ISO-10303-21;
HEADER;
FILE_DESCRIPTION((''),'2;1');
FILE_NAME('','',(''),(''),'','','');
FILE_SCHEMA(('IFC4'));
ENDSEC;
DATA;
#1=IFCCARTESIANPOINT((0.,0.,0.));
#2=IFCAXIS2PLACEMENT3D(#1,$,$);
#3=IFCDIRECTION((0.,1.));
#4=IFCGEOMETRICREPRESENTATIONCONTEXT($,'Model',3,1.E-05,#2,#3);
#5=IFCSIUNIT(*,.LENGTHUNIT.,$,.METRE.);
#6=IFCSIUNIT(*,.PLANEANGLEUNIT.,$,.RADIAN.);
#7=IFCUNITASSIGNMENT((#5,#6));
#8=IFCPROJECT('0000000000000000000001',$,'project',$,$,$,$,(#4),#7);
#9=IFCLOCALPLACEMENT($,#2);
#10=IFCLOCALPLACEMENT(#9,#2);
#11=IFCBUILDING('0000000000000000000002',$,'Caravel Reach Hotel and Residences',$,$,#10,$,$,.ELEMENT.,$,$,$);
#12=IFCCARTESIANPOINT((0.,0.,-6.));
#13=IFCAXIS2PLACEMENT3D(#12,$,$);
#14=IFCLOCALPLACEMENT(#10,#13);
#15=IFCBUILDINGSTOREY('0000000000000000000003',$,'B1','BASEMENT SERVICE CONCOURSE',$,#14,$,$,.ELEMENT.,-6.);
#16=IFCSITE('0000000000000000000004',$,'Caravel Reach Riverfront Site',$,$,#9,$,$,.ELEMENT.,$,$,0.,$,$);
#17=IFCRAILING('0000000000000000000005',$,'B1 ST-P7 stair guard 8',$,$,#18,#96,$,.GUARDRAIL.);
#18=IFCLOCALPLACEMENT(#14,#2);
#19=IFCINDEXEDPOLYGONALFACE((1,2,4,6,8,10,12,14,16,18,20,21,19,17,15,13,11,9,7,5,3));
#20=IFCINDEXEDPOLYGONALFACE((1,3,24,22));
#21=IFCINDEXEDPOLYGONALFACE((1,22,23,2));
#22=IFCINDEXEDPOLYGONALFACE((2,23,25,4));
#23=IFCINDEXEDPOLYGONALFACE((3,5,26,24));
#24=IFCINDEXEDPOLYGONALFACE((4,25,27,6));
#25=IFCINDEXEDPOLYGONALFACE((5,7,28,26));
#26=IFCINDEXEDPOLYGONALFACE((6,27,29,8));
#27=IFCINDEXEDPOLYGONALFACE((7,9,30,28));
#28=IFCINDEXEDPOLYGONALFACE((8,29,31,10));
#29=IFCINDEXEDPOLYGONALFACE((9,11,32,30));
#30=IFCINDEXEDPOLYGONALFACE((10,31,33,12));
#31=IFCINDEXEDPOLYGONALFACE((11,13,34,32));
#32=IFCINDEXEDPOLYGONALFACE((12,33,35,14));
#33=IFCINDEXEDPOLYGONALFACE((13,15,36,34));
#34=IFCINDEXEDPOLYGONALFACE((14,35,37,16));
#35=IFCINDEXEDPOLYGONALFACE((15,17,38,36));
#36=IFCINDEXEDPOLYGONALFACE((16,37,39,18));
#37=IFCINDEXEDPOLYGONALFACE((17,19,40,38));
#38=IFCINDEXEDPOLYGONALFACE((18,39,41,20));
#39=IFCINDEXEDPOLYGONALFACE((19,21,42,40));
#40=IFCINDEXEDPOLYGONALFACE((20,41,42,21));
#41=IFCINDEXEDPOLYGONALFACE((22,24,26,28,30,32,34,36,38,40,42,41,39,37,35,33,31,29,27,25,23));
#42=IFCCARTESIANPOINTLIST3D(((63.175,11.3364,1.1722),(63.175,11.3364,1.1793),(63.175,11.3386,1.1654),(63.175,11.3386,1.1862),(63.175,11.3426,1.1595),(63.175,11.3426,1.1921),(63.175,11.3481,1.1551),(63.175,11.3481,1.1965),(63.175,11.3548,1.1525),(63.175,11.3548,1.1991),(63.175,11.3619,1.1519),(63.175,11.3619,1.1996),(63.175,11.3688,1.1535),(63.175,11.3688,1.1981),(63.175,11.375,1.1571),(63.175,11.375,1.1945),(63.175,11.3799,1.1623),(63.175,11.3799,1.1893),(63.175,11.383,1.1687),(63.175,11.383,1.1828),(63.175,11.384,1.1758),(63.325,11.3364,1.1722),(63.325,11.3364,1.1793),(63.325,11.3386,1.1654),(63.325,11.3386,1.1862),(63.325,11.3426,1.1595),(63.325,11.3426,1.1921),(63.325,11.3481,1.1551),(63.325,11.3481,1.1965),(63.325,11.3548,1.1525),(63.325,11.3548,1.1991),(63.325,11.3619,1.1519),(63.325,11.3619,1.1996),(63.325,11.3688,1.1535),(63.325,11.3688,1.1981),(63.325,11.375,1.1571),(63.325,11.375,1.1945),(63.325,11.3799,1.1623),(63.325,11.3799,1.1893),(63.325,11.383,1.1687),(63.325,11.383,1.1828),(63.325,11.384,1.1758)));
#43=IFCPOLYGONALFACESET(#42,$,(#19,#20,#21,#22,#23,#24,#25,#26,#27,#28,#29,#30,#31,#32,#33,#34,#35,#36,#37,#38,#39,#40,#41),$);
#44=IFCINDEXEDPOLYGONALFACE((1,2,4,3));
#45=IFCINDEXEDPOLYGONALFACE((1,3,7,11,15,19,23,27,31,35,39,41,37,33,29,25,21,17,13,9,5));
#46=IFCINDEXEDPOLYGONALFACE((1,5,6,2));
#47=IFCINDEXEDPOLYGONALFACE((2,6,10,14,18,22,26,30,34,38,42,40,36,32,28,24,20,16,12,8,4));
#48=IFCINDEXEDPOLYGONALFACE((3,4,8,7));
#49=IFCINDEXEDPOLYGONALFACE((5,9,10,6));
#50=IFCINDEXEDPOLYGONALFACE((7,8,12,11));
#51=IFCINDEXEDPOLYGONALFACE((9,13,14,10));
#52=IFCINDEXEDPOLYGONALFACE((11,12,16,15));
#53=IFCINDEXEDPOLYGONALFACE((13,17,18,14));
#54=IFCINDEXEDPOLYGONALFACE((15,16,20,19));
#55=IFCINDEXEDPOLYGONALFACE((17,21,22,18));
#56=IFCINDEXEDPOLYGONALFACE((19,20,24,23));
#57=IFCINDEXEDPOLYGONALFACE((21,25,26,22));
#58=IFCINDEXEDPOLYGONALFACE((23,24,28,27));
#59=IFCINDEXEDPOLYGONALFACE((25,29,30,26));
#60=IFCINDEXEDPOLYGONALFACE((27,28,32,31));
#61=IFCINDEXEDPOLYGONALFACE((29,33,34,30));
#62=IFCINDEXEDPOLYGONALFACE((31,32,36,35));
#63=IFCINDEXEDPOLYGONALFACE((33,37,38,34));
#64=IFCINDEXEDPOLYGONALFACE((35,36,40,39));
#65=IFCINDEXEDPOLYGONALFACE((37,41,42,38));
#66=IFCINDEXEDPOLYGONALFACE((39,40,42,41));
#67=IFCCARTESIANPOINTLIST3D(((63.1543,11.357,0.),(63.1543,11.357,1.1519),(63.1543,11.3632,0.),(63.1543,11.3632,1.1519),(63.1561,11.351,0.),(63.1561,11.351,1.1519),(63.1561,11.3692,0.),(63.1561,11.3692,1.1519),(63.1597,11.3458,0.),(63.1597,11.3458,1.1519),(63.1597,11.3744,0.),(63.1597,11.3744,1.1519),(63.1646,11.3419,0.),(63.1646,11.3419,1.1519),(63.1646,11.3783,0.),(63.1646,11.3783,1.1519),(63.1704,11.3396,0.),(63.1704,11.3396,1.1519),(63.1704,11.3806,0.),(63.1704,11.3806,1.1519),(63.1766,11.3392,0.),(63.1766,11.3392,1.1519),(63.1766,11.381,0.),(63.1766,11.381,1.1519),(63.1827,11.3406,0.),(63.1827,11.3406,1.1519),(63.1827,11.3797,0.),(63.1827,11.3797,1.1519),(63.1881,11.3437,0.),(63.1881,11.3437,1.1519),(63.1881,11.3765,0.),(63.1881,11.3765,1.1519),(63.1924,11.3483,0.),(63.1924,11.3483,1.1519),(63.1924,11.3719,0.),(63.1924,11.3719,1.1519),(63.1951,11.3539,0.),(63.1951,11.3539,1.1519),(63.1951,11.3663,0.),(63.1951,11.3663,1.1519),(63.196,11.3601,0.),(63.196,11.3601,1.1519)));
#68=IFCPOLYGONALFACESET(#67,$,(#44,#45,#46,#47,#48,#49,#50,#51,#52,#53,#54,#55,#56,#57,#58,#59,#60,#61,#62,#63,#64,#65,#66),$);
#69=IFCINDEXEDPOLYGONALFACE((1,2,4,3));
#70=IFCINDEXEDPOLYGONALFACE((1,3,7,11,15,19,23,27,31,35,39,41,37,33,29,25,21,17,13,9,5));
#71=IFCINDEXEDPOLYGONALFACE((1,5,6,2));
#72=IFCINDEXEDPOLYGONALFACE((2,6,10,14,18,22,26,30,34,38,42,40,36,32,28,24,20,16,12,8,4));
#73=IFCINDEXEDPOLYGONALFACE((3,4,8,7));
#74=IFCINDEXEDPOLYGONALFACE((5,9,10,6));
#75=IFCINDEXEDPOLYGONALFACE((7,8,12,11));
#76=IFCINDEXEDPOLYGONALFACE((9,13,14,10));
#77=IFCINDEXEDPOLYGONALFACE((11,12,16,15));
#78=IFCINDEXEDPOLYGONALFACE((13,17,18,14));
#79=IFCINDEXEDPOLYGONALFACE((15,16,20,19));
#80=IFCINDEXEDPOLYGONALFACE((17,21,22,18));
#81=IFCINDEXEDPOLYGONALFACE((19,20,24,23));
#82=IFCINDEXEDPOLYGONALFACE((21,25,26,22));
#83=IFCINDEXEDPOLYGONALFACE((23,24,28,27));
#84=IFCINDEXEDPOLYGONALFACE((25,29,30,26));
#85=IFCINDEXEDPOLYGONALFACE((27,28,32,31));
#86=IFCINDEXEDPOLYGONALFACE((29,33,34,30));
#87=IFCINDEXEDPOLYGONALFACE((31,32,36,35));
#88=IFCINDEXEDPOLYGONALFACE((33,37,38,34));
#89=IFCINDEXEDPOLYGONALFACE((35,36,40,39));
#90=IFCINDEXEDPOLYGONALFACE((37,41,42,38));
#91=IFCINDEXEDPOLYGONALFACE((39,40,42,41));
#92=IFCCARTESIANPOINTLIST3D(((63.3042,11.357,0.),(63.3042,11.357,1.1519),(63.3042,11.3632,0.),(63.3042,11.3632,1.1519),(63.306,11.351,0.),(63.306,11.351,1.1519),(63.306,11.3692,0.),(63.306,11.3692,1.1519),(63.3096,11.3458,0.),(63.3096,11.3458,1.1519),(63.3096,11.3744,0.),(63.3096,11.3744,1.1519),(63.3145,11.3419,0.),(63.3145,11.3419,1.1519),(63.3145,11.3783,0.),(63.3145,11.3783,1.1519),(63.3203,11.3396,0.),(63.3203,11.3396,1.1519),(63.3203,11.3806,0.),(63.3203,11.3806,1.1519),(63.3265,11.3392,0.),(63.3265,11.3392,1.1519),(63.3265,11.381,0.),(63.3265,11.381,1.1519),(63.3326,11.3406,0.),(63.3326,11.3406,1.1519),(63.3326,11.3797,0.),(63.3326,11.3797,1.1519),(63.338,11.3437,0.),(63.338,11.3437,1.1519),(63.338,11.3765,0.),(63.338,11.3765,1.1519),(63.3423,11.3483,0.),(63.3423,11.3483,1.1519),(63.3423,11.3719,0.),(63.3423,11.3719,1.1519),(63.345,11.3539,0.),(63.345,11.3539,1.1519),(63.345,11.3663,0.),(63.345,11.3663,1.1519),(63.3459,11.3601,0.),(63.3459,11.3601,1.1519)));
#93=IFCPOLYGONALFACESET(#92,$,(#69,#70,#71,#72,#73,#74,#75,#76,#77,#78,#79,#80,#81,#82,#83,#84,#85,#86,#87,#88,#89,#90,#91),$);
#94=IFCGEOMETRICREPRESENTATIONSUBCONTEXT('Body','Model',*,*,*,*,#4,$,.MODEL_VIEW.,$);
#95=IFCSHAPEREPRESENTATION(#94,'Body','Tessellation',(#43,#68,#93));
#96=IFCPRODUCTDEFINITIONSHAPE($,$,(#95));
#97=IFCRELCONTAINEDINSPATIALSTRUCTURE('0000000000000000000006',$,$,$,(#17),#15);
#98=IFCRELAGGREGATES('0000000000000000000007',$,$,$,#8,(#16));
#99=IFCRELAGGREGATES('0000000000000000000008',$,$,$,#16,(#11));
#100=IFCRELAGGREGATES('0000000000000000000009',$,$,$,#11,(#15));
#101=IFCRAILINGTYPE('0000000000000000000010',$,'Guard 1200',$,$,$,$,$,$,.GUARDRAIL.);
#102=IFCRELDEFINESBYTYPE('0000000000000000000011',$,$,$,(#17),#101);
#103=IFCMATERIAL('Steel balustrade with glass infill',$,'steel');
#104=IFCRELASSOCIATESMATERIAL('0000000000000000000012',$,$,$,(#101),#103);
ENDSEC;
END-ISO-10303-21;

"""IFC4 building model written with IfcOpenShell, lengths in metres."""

from ifc_helpers import new_model, si_unit, direction, frame, origin, origin_2d, place, context, subcontext, project, spatial, circle, extrude, material, type_object, element, save


model = new_model("IFC4")

# Units and contexts
model_context = context("Model", 3, precision=1e-05, world=origin(), true_north=direction((0.0, 1.0)))
body_context = subcontext(model_context, "Body", "Model", "MODEL_VIEW")
ifc_project = project(units=[si_unit("LENGTHUNIT", "METRE"), si_unit("PLANEANGLEUNIT", "RADIAN")], contexts=[model_context])

# Site, building, storey
site_placement = place(None, origin())
site = spatial("IfcSite", under=ifc_project, at=site_placement, Name="Caravel Reach Riverfront Site", CompositionType="ELEMENT", RefElevation=0.0)
building_placement = place(site_placement, origin())
building = spatial("IfcBuilding", under=site, at=building_placement, Name="Caravel Reach Hotel and Residences", CompositionType="ELEMENT")
storey_placement = place(building_placement, frame((0.0, 0.0, -6.0)))
storey = spatial("IfcBuildingStorey", under=building, at=storey_placement, Name="B1", Description="BASEMENT SERVICE CONCOURSE", CompositionType="ELEMENT", Elevation=-6.0)

# Railing
ifc_material_1 = material(Name="Steel balustrade with glass infill", Category="steel")
railing_type_1 = type_object("IfcRailingType", Name="Guard 1200", PredefinedType="GUARDRAIL", material=ifc_material_1)
railing_1_placement = place(storey_placement, frame((63.175, 11.3601, 0.0)))
element("IfcRailing", 1, at=railing_1_placement, inside=storey, type_object=railing_type_1, Name="B1 ST-P7 stair guard 8", PredefinedType="GUARDRAIL", context=body_context, shape_type="SweptSolid", body=[
    extrude(circle(Radius=0.0239, at=origin_2d()), frame((0.0, 0.0, 1.1758), z_axis=(1.0, 0.0, 0.0), x_axis=(0.0, 1.0, 0.0)), (0.0, 0.0, 1.0), 0.1499),
    extrude(circle(Radius=0.021, at=origin_2d()), origin(), (0.0, 0.0, 1.0), 1.1519),
    extrude(circle(Radius=0.021, at=origin_2d()), frame((0.1499, 0.0, 0.0)), (0.0, 0.0, 1.0), 1.1519),
])

save(model, "model.ifc")
